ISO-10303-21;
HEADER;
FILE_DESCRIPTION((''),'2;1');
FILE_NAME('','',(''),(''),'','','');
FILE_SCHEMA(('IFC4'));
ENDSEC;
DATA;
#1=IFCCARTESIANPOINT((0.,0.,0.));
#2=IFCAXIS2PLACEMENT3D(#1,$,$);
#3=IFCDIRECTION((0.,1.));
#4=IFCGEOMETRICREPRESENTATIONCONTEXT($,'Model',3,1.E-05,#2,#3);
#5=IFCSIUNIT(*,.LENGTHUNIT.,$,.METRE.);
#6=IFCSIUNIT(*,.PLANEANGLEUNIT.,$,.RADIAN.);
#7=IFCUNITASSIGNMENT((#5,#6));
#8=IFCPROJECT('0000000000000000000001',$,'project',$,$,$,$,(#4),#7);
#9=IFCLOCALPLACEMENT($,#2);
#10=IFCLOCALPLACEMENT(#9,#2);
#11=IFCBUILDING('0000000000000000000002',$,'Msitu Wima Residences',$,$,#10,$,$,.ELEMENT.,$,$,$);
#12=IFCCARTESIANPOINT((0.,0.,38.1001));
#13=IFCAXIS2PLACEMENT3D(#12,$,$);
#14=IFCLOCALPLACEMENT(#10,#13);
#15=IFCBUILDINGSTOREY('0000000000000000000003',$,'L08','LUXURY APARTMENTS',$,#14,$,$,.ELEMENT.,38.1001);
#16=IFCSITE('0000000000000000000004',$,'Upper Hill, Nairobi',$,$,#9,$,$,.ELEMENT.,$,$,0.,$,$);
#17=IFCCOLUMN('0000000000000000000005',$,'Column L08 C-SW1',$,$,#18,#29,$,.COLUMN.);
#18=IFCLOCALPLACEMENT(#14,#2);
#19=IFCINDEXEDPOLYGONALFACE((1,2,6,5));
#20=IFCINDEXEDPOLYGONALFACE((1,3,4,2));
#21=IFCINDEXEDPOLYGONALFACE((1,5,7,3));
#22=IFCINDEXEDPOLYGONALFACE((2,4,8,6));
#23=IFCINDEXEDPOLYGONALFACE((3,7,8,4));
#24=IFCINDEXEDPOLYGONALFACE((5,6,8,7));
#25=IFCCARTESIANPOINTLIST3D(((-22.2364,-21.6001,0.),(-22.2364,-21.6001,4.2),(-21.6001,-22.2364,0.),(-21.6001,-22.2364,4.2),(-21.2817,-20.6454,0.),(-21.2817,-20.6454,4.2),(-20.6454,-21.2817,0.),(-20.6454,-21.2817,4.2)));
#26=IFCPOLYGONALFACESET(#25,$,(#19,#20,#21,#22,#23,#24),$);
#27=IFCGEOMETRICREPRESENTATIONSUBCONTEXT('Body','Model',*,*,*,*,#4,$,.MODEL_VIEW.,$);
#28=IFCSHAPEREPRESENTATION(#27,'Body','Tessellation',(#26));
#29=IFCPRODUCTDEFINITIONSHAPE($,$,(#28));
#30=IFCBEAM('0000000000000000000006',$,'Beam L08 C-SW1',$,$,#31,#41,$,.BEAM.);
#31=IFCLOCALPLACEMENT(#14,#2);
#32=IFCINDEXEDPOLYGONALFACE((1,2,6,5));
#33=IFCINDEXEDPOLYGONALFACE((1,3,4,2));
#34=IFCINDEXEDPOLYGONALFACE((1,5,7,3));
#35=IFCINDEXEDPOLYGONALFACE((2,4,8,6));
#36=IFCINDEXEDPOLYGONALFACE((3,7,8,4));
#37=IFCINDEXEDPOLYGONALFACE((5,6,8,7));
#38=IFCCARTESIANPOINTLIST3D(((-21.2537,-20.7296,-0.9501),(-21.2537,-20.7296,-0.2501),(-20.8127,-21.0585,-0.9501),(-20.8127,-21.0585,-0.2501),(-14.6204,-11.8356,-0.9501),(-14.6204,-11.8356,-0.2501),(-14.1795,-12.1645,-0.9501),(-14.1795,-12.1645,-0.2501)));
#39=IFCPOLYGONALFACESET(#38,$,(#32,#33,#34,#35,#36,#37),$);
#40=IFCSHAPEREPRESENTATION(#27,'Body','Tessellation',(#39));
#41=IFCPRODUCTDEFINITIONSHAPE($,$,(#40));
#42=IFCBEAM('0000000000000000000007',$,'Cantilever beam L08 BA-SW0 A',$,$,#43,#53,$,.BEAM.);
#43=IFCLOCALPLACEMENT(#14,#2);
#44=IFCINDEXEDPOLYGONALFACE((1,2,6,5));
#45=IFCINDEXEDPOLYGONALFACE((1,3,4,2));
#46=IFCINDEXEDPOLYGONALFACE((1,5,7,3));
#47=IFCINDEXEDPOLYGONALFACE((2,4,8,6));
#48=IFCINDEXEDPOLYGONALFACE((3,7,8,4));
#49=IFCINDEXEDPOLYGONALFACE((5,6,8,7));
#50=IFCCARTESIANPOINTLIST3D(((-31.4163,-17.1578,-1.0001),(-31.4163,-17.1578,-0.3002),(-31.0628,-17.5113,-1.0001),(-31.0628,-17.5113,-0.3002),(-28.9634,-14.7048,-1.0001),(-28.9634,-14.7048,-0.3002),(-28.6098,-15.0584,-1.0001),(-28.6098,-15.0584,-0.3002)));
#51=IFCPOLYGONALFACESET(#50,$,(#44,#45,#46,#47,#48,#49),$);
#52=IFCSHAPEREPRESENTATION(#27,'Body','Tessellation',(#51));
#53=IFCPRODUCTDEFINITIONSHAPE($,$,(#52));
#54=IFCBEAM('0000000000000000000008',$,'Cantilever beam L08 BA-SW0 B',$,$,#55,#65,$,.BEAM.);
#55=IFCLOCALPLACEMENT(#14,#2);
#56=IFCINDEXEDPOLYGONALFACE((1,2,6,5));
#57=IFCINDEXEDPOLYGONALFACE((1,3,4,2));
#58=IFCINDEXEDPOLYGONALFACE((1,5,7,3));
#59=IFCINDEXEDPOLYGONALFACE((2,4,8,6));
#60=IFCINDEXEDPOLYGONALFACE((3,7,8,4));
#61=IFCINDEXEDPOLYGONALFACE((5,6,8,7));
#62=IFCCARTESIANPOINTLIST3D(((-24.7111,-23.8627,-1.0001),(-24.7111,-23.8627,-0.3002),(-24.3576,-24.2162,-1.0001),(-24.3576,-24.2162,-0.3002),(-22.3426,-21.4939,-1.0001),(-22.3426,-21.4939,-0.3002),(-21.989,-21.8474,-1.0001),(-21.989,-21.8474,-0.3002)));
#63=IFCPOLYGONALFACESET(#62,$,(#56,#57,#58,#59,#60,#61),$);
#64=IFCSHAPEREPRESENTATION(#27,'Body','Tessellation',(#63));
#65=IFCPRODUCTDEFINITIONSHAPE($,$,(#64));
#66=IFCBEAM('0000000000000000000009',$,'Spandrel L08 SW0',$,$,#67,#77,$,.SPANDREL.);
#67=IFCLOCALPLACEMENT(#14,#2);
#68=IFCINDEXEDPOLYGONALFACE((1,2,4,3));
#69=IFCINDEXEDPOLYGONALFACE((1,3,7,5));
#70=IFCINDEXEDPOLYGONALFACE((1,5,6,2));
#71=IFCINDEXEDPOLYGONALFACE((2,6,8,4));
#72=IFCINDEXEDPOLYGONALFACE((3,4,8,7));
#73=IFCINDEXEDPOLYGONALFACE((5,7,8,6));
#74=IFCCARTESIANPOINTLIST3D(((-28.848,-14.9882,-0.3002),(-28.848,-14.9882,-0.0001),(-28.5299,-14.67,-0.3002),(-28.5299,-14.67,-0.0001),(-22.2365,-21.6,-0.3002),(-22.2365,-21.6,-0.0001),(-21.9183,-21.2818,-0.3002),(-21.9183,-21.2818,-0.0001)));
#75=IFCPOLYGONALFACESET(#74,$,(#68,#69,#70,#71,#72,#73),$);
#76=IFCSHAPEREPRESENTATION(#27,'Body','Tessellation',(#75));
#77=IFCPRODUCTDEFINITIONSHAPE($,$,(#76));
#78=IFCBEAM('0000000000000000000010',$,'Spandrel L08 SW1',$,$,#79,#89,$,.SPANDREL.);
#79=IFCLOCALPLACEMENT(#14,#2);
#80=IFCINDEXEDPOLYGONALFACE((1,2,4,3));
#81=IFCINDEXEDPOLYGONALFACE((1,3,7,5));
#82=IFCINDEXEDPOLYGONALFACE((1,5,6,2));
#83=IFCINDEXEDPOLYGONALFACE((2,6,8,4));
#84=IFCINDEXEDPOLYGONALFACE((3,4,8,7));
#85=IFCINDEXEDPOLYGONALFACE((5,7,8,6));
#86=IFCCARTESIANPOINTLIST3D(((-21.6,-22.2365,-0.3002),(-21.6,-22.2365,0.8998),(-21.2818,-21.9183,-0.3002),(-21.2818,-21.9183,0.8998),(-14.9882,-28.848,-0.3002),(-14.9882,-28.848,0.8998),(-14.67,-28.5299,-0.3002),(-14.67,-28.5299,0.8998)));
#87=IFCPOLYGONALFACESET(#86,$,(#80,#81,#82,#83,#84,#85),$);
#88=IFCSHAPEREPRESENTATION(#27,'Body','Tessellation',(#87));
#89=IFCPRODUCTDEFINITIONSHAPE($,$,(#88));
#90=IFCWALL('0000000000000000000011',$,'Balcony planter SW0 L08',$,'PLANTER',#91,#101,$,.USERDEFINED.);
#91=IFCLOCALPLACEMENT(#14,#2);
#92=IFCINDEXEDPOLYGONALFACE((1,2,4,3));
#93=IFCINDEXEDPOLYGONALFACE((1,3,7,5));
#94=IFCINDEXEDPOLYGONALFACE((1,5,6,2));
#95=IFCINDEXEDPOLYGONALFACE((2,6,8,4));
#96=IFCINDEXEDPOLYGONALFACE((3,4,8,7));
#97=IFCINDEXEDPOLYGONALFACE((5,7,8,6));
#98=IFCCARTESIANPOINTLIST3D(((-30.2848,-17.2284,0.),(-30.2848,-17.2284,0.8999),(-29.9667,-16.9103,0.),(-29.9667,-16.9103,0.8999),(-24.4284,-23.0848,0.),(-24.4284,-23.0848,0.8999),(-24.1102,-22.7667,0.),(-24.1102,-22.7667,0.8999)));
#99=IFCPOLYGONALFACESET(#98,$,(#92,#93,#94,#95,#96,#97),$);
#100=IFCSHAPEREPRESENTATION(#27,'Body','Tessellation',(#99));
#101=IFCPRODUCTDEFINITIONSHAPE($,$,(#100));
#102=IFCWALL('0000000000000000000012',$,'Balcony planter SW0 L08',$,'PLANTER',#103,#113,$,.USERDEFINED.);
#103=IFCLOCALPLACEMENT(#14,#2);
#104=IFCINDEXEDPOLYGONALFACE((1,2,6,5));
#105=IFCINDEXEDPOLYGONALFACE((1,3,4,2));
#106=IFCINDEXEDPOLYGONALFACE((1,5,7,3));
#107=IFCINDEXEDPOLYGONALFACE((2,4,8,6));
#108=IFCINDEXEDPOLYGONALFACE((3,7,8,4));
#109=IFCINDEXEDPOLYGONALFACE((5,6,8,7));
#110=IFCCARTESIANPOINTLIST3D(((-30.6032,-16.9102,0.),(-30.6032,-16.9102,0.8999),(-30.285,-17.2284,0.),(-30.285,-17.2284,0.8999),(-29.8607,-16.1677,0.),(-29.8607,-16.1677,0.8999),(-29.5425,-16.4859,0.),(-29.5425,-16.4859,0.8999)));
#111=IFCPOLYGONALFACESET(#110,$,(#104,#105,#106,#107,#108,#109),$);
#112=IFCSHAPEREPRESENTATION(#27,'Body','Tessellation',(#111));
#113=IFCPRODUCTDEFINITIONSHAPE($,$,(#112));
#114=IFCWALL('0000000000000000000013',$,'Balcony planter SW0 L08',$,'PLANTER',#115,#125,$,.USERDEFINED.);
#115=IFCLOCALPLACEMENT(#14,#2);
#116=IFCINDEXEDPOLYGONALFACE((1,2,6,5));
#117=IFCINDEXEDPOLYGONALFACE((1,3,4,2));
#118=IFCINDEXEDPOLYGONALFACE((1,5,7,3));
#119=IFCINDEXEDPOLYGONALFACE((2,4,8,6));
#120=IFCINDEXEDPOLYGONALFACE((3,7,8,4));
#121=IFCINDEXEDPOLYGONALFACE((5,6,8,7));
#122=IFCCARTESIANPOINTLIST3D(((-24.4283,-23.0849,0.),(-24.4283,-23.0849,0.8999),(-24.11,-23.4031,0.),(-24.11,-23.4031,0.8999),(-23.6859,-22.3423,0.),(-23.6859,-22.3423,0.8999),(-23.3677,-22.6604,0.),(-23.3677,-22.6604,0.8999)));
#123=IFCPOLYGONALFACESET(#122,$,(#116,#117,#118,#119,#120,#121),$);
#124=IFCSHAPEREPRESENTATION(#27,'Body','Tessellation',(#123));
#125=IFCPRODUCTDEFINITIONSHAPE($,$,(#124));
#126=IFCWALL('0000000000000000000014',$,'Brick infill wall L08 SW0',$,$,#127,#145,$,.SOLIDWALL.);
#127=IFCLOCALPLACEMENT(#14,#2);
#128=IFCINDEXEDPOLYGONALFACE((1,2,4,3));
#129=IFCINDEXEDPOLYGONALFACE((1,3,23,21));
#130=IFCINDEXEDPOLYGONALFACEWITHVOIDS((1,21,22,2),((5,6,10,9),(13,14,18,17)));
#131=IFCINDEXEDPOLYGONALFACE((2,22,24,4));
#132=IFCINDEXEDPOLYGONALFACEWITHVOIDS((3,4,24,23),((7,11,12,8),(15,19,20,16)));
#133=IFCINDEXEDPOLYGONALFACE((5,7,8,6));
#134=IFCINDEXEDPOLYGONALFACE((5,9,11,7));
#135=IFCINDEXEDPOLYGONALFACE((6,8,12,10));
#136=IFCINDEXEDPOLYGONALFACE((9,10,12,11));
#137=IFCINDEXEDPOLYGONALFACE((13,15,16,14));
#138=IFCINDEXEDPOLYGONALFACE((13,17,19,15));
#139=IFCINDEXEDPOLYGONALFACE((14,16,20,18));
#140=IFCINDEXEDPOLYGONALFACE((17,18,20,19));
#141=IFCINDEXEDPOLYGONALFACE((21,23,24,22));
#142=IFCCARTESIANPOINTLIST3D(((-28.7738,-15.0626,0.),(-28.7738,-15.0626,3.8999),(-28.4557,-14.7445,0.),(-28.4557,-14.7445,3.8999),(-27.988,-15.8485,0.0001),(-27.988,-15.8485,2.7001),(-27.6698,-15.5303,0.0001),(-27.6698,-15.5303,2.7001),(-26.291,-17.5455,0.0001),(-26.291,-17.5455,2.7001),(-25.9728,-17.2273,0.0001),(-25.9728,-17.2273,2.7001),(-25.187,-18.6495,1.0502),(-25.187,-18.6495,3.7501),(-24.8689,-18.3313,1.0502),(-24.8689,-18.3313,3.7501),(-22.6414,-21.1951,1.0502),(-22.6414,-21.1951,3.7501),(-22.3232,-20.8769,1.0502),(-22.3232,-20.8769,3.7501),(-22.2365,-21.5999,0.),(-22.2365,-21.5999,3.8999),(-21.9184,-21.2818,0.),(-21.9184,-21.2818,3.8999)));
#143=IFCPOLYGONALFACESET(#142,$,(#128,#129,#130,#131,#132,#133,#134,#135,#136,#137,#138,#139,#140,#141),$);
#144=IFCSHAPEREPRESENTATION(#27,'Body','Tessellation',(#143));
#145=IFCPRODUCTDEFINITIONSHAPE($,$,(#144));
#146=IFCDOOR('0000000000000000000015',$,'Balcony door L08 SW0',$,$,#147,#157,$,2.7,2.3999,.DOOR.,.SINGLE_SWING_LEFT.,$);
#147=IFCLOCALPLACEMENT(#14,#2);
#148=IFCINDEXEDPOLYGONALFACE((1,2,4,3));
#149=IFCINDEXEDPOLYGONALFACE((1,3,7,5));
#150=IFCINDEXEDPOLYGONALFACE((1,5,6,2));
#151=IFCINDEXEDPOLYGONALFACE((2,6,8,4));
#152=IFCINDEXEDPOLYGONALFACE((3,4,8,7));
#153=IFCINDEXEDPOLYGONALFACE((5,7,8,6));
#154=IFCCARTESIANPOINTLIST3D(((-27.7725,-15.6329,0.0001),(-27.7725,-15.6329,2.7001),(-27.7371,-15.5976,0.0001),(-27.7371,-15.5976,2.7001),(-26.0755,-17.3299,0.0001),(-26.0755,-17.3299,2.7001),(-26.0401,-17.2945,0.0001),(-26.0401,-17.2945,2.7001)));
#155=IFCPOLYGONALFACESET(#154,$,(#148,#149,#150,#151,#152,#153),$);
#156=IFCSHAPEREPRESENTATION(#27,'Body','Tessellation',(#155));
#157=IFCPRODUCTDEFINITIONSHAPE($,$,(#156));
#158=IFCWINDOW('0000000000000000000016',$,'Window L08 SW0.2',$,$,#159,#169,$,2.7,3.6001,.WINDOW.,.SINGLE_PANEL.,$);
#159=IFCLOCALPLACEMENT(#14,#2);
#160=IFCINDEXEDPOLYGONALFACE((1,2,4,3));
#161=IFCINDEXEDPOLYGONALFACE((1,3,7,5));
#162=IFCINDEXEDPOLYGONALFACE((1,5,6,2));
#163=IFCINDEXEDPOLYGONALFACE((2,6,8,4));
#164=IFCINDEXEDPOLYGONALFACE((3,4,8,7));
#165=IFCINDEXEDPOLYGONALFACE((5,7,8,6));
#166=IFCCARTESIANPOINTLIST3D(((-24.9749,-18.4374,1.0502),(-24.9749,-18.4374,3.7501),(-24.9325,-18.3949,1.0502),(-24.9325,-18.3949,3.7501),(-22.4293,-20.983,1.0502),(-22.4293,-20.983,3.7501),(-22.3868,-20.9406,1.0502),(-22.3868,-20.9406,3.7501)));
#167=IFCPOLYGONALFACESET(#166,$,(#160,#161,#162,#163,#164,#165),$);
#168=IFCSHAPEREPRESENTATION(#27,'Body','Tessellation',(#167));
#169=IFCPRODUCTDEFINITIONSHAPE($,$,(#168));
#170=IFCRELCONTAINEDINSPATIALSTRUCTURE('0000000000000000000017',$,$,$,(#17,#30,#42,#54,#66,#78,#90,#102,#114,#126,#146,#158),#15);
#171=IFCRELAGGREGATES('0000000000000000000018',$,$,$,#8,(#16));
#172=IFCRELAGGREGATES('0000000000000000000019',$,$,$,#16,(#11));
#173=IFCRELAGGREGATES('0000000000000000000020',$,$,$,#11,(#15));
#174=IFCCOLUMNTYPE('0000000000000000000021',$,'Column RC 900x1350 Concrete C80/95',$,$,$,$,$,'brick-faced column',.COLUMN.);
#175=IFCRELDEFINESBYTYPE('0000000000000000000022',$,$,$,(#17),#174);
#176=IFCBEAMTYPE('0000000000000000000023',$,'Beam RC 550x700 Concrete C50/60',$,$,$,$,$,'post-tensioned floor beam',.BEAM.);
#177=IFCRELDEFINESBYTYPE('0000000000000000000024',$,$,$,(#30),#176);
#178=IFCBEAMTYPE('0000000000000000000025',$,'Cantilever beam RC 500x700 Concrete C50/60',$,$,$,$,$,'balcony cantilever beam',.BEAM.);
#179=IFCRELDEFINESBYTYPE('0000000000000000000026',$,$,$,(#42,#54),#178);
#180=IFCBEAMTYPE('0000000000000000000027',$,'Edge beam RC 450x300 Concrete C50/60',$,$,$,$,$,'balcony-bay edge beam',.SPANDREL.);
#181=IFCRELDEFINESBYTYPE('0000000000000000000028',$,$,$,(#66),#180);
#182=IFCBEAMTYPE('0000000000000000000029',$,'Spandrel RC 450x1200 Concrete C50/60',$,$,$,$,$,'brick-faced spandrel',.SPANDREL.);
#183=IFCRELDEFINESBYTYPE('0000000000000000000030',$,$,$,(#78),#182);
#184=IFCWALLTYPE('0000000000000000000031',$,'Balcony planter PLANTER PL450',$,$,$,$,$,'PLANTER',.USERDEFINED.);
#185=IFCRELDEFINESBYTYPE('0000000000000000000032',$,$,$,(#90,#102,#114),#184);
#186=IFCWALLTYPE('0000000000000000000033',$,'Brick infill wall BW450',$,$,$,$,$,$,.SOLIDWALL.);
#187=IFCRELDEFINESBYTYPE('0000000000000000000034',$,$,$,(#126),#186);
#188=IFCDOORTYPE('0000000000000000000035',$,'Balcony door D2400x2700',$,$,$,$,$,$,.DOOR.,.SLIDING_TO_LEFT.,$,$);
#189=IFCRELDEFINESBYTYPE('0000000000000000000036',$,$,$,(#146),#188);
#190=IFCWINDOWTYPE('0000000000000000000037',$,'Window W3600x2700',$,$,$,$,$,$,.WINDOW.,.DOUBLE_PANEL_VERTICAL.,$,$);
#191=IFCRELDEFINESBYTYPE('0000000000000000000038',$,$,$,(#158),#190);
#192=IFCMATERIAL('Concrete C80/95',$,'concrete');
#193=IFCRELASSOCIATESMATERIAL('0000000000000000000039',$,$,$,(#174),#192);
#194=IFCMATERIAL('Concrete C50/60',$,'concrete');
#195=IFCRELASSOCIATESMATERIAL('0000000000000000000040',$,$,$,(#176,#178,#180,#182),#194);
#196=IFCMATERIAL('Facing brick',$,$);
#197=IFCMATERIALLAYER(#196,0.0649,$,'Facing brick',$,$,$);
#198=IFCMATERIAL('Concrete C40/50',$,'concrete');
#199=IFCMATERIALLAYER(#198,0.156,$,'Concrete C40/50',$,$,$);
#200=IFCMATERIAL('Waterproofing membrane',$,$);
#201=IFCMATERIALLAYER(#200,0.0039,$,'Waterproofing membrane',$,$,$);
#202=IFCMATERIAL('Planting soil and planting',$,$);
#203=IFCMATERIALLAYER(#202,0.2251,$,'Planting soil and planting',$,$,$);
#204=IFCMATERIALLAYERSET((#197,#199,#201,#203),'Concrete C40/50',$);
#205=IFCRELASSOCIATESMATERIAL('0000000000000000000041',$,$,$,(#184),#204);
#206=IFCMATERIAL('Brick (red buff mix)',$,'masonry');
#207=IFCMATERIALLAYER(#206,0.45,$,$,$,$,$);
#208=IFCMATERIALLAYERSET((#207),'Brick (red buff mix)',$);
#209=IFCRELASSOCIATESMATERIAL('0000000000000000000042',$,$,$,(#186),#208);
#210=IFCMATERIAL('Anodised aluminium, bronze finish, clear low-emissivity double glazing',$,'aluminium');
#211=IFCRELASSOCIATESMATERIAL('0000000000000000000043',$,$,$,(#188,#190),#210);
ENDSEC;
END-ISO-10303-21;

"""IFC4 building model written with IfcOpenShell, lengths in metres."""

from ifc_helpers import new_model, si_unit, direction, frame, frame_2d, origin, origin_2d, place, context, subcontext, project, spatial, rectangle, extrude, material, layer, layer_set, material_profile, profile_set, type_object, element, fill, save


model = new_model("IFC4")

# Units and contexts
model_context = context("Model", 3, precision=1e-05, world=origin(), true_north=direction((0.0, 1.0)))
body_context = subcontext(model_context, "Body", "Model", "MODEL_VIEW")
ifc_project = project(units=[si_unit("LENGTHUNIT", "METRE"), si_unit("PLANEANGLEUNIT", "RADIAN")], contexts=[model_context])

# Site, building, storey
site_placement = place(None, origin())
site = spatial("IfcSite", under=ifc_project, at=site_placement, Name="Upper Hill, Nairobi", CompositionType="ELEMENT", RefElevation=0.0)
building_placement = place(site_placement, origin())
building = spatial("IfcBuilding", under=site, at=building_placement, Name="Msitu Wima Residences", CompositionType="ELEMENT")
storey_placement = place(building_placement, frame((0.0, 0.0, 38.1001)))
storey = spatial("IfcBuildingStorey", under=building, at=storey_placement, Name="L08", Description="LUXURY APARTMENTS", CompositionType="ELEMENT", Elevation=38.1001)

# Column
ifc_material_1 = material(Name="Concrete C80/95", Category="concrete")
ifc_material_profile_1 = material_profile(ifc_material_1, rectangle(XDim=0.8999, YDim=1.3501, at=origin_2d()), Name="RC 900x1350")
ifc_profile_set_1 = profile_set([ifc_material_profile_1], Name="Concrete C80/95")
column_type = type_object("IfcColumnType", Name="Column RC 900x1350 Concrete C80/95", ElementType="brick-faced column", PredefinedType="COLUMN", material=ifc_profile_set_1)
column_placement = place(storey_placement, frame((-21.4409, -21.4409, 0.0), z_axis=(0.0, 0.0, 1.0), x_axis=(0.707107, -0.707107, 0.0)))
element("IfcColumn", 1, at=column_placement, inside=storey, type_object=column_type, Name="Column L08 C-SW1", PredefinedType="COLUMN", context=body_context, shape_type="SweptSolid", body=[
    extrude(rectangle(XDim=0.8999, YDim=1.3501, at=origin_2d()), origin(), (0.0, 0.0, 1.0), 4.2),
])

# Beams
ifc_material_2 = material(Name="Concrete C50/60", Category="concrete")
ifc_material_profile_2 = material_profile(ifc_material_2, rectangle(XDim=0.55, YDim=0.7, at=origin_2d()), Name="RC 550x700")
ifc_profile_set_2 = profile_set([ifc_material_profile_2], Name="Concrete C50/60")
beam_type_1 = type_object("IfcBeamType", Name="Beam RC 550x700 Concrete C50/60", ElementType="post-tensioned floor beam", PredefinedType="BEAM", material=ifc_profile_set_2)
beam_1_placement = place(storey_placement, frame((-21.0332, -20.894, -0.6001), z_axis=(0.59785, 0.801608, 0.0), x_axis=(-0.801608, 0.59785, 0.0)))
element("IfcBeam", 2, at=beam_1_placement, inside=storey, type_object=beam_type_1, Name="Beam L08 C-SW1", PredefinedType="BEAM", context=body_context, shape_type="SweptSolid", body=[
    extrude(rectangle(XDim=0.55, YDim=0.7, at=origin_2d()), origin(), (0.0, 0.0, 1.0), 11.0952),
])
ifc_material_profile_3 = material_profile(ifc_material_2, rectangle(XDim=0.5, YDim=0.7, at=origin_2d()), Name="RC 500x700")
ifc_profile_set_3 = profile_set([ifc_material_profile_3], Name="Concrete C50/60")
beam_type_2 = type_object("IfcBeamType", Name="Cantilever beam RC 500x700 Concrete C50/60", ElementType="balcony cantilever beam", PredefinedType="BEAM", material=ifc_profile_set_3)
beam_2_placement = place(storey_placement, frame((-28.7866, -14.8816, -0.6501), z_axis=(-0.707107, -0.707107, 0.0), x_axis=(0.707107, -0.707107, 0.0)))
element("IfcBeam", 3, at=beam_2_placement, inside=storey, type_object=beam_type_2, Name="Cantilever beam L08 BA-SW0 A", PredefinedType="BEAM", context=body_context, shape_type="SweptSolid", body=[
    extrude(rectangle(XDim=0.5, YDim=0.7, at=origin_2d()), origin(), (0.0, 0.0, 1.0), 3.469),
])
beam_3_placement = place(storey_placement, frame((-22.1658, -21.6707, -0.6501), z_axis=(-0.70707, -0.707143, 0.0), x_axis=(0.707143, -0.70707, 0.0)))
element("IfcBeam", 4, at=beam_3_placement, inside=storey, type_object=beam_type_2, Name="Cantilever beam L08 BA-SW0 B", PredefinedType="BEAM", context=body_context, shape_type="SweptSolid", body=[
    extrude(rectangle(XDim=0.5, YDim=0.7, at=origin_2d()), origin(), (0.0, 0.0, 1.0), 3.3499),
])
ifc_material_profile_4 = material_profile(ifc_material_2, rectangle(XDim=0.45, YDim=0.3, at=origin_2d()), Name="RC 450x300")
ifc_profile_set_4 = profile_set([ifc_material_profile_4], Name="Concrete C50/60")
beam_type_3 = type_object("IfcBeamType", Name="Edge beam RC 450x300 Concrete C50/60", ElementType="balcony-bay edge beam", PredefinedType="SPANDREL", material=ifc_profile_set_4)
beam_4_placement = place(storey_placement, frame((-28.689, -14.8291, -0.1501), z_axis=(0.707094, -0.70712, 0.0), x_axis=(0.70712, 0.707094, 0.0)))
element("IfcBeam", 5, at=beam_4_placement, inside=storey, type_object=beam_type_3, Name="Spandrel L08 SW0", PredefinedType="SPANDREL", context=body_context, shape_type="SweptSolid", body=[
    extrude(rectangle(XDim=0.45, YDim=0.3, at=origin_2d()), origin(), (0.0, 0.0, 1.0), 9.3503),
])
ifc_material_profile_5 = material_profile(ifc_material_2, rectangle(XDim=0.45, YDim=1.2, at=origin_2d()), Name="RC 450x1200")
ifc_profile_set_5 = profile_set([ifc_material_profile_5], Name="Concrete C50/60")
beam_type_4 = type_object("IfcBeamType", Name="Spandrel RC 450x1200 Concrete C50/60", ElementType="brick-faced spandrel", PredefinedType="SPANDREL", material=ifc_profile_set_5)
beam_5_placement = place(storey_placement, frame((-21.4409, -22.0774, 0.2998), z_axis=(0.70712, -0.707094, 0.0), x_axis=(0.707094, 0.70712, 0.0)))
element("IfcBeam", 6, at=beam_5_placement, inside=storey, type_object=beam_type_4, Name="Spandrel L08 SW1", PredefinedType="SPANDREL", context=body_context, shape_type="SweptSolid", body=[
    extrude(rectangle(XDim=0.45, YDim=1.2, at=origin_2d()), origin(), (0.0, 0.0, 1.0), 9.3503),
])

# Walls
ifc_material_3 = material(Name="Facing brick")
ifc_layer_1 = layer(ifc_material_3, 0.0649, Name="Facing brick")
ifc_material_4 = material(Name="Concrete C40/50", Category="concrete")
ifc_layer_2 = layer(ifc_material_4, 0.156, Name="Concrete C40/50")
ifc_material_5 = material(Name="Waterproofing membrane")
ifc_layer_3 = layer(ifc_material_5, 0.0039, Name="Waterproofing membrane")
ifc_material_6 = material(Name="Planting soil and planting")
ifc_layer_4 = layer(ifc_material_6, 0.2251, Name="Planting soil and planting")
ifc_layer_set_1 = layer_set([ifc_layer_1, ifc_layer_2, ifc_layer_3, ifc_layer_4], Name="Concrete C40/50")
wall_type_1 = type_object("IfcWallType", Name="Balcony planter PLANTER PL450", ElementType="PLANTER", PredefinedType="USERDEFINED", material=ifc_layer_set_1)
wall_1_placement = place(storey_placement, frame((-30.1257, -17.0693, 0.0), z_axis=(0.0, 0.0, 1.0), x_axis=(0.707107, -0.707107, 0.0)))
element("IfcWall", 7, at=wall_1_placement, inside=storey, type_object=wall_type_1, Name="Balcony planter SW0 L08", ObjectType="PLANTER", PredefinedType="USERDEFINED", context=body_context, shape_type="SweptSolid", body=[
    extrude(rectangle(XDim=8.2822, YDim=0.45, at=frame_2d((4.1411, 0.0))), origin(), (0.0, 0.0, 1.0), 0.8999),
])
for number, where, z_axis, x_axis, name in (
    (8, (-29.7017, -16.3269, 0.0), (0.0, 0.0, 1.0), (-0.707107, -0.707107, 0.0), "Balcony planter SW0 L08"),
    (9, (-23.5269, -22.5015, 0.0), (0.0, 0.0, 1.0), (-0.706991, -0.707223, 0.0), "Balcony planter SW0 L08"),
):
    element("IfcWall", number, at=place(storey_placement, frame(where, z_axis=z_axis, x_axis=x_axis)), inside=storey, type_object=wall_type_1, Name=name, ObjectType="PLANTER", PredefinedType="USERDEFINED", context=body_context, shape_type="SweptSolid", body=[
        extrude(rectangle(XDim=1.05, YDim=0.45, at=frame_2d((0.5249, 0.0))), origin(), (0.0, 0.0, 1.0), 0.8999),
    ])

# Wall, openings, door, window
ifc_material_7 = material(Name="Brick (red buff mix)", Category="masonry")
ifc_layer_5 = layer(ifc_material_7, 0.45)
ifc_layer_set_2 = layer_set([ifc_layer_5], Name="Brick (red buff mix)")
wall_type_2 = type_object("IfcWallType", Name="Brick infill wall BW450", PredefinedType="SOLIDWALL", material=ifc_layer_set_2)
wall_2_placement = place(storey_placement, frame((-28.6147, -14.9036, 0.0), z_axis=(0.0, 0.0, 1.0), x_axis=(0.707107, -0.707107, 0.0)))
wall_2 = element("IfcWall", 10, at=wall_2_placement, inside=storey, type_object=wall_type_2, Name="Brick infill wall L08 SW0", PredefinedType="SOLIDWALL", context=body_context, shape_type="SweptSolid", body=[
    extrude(rectangle(XDim=9.2451, YDim=0.45, at=frame_2d((4.6226, 0.0))), origin(), (0.0, 0.0, 1.0), 3.8999),
])
opening_1_placement = place(wall_2_placement, frame((1.1113, 0.0, 0.0)))
opening_1 = element("IfcOpeningElement", 11, at=opening_1_placement, cuts=wall_2, PredefinedType="OPENING", context=body_context, shape_type="SweptSolid", body=[
    extrude(rectangle(XDim=2.3999, YDim=2.7, at=frame_2d((1.2, 1.3501))), frame((0.0, 0.2349, 0.0), z_axis=(0.0, -1.0, 0.0), x_axis=(1.0, 0.0, 0.0)), (0.0, 0.0, 1.0), 0.47),
])
opening_2_placement = place(wall_2_placement, frame((5.0725, 0.0, 1.05)))
opening_2 = element("IfcOpeningElement", 12, at=opening_2_placement, cuts=wall_2, PredefinedType="OPENING", context=body_context, shape_type="SweptSolid", body=[
    extrude(rectangle(XDim=3.6001, YDim=2.7, at=frame_2d((1.8, 1.3501))), frame((0.0, 0.2349, 0.0), z_axis=(0.0, -1.0, 0.0), x_axis=(1.0, 0.0, 0.0)), (0.0, 0.0, 1.0), 0.47),
])
ifc_material_8 = material(Name="Anodised aluminium, bronze finish, clear low-emissivity double glazing", Category="aluminium")
door_type_1 = type_object("IfcDoorType", Name="Balcony door D2400x2700", OperationType="SLIDING_TO_LEFT", PredefinedType="DOOR", material=ifc_material_8)
door_1_placement = place(opening_1_placement, origin())
door_1 = element("IfcDoor", 13, at=door_1_placement, inside=storey, type_object=door_type_1, Name="Balcony door L08 SW0", OperationType="SINGLE_SWING_LEFT", OverallHeight=2.7, OverallWidth=2.3999, PredefinedType="DOOR", context=body_context, shape_type="SweptSolid", body=[
    extrude(rectangle(XDim=2.3999, YDim=2.7, at=frame_2d((1.2, 1.3501))), frame((0.0, 0.1299, 0.0), z_axis=(0.0, -1.0, 0.0), x_axis=(1.0, 0.0, 0.0)), (0.0, 0.0, 1.0), 0.05),
])
fill(opening_1, door_1)
window_type = type_object("IfcWindowType", Name="Window W3600x2700", PartitioningType="DOUBLE_PANEL_VERTICAL", PredefinedType="WINDOW", material=ifc_material_8)
window_1_placement = place(opening_2_placement, origin())
window_1 = element("IfcWindow", 14, at=window_1_placement, inside=storey, type_object=window_type, Name="Window L08 SW0.2", OverallHeight=2.7, OverallWidth=3.6001, PartitioningType="SINGLE_PANEL", PredefinedType="WINDOW", context=body_context, shape_type="SweptSolid", body=[
    extrude(rectangle(XDim=3.6001, YDim=2.7, at=frame_2d((1.8, 1.3501))), frame((0.0, 0.135, 0.0), z_axis=(0.0, -1.0, 0.0), x_axis=(1.0, 0.0, 0.0)), (0.0, 0.0, 1.0), 0.0601),
])
fill(opening_2, window_1)

save(model, "model.ifc")
